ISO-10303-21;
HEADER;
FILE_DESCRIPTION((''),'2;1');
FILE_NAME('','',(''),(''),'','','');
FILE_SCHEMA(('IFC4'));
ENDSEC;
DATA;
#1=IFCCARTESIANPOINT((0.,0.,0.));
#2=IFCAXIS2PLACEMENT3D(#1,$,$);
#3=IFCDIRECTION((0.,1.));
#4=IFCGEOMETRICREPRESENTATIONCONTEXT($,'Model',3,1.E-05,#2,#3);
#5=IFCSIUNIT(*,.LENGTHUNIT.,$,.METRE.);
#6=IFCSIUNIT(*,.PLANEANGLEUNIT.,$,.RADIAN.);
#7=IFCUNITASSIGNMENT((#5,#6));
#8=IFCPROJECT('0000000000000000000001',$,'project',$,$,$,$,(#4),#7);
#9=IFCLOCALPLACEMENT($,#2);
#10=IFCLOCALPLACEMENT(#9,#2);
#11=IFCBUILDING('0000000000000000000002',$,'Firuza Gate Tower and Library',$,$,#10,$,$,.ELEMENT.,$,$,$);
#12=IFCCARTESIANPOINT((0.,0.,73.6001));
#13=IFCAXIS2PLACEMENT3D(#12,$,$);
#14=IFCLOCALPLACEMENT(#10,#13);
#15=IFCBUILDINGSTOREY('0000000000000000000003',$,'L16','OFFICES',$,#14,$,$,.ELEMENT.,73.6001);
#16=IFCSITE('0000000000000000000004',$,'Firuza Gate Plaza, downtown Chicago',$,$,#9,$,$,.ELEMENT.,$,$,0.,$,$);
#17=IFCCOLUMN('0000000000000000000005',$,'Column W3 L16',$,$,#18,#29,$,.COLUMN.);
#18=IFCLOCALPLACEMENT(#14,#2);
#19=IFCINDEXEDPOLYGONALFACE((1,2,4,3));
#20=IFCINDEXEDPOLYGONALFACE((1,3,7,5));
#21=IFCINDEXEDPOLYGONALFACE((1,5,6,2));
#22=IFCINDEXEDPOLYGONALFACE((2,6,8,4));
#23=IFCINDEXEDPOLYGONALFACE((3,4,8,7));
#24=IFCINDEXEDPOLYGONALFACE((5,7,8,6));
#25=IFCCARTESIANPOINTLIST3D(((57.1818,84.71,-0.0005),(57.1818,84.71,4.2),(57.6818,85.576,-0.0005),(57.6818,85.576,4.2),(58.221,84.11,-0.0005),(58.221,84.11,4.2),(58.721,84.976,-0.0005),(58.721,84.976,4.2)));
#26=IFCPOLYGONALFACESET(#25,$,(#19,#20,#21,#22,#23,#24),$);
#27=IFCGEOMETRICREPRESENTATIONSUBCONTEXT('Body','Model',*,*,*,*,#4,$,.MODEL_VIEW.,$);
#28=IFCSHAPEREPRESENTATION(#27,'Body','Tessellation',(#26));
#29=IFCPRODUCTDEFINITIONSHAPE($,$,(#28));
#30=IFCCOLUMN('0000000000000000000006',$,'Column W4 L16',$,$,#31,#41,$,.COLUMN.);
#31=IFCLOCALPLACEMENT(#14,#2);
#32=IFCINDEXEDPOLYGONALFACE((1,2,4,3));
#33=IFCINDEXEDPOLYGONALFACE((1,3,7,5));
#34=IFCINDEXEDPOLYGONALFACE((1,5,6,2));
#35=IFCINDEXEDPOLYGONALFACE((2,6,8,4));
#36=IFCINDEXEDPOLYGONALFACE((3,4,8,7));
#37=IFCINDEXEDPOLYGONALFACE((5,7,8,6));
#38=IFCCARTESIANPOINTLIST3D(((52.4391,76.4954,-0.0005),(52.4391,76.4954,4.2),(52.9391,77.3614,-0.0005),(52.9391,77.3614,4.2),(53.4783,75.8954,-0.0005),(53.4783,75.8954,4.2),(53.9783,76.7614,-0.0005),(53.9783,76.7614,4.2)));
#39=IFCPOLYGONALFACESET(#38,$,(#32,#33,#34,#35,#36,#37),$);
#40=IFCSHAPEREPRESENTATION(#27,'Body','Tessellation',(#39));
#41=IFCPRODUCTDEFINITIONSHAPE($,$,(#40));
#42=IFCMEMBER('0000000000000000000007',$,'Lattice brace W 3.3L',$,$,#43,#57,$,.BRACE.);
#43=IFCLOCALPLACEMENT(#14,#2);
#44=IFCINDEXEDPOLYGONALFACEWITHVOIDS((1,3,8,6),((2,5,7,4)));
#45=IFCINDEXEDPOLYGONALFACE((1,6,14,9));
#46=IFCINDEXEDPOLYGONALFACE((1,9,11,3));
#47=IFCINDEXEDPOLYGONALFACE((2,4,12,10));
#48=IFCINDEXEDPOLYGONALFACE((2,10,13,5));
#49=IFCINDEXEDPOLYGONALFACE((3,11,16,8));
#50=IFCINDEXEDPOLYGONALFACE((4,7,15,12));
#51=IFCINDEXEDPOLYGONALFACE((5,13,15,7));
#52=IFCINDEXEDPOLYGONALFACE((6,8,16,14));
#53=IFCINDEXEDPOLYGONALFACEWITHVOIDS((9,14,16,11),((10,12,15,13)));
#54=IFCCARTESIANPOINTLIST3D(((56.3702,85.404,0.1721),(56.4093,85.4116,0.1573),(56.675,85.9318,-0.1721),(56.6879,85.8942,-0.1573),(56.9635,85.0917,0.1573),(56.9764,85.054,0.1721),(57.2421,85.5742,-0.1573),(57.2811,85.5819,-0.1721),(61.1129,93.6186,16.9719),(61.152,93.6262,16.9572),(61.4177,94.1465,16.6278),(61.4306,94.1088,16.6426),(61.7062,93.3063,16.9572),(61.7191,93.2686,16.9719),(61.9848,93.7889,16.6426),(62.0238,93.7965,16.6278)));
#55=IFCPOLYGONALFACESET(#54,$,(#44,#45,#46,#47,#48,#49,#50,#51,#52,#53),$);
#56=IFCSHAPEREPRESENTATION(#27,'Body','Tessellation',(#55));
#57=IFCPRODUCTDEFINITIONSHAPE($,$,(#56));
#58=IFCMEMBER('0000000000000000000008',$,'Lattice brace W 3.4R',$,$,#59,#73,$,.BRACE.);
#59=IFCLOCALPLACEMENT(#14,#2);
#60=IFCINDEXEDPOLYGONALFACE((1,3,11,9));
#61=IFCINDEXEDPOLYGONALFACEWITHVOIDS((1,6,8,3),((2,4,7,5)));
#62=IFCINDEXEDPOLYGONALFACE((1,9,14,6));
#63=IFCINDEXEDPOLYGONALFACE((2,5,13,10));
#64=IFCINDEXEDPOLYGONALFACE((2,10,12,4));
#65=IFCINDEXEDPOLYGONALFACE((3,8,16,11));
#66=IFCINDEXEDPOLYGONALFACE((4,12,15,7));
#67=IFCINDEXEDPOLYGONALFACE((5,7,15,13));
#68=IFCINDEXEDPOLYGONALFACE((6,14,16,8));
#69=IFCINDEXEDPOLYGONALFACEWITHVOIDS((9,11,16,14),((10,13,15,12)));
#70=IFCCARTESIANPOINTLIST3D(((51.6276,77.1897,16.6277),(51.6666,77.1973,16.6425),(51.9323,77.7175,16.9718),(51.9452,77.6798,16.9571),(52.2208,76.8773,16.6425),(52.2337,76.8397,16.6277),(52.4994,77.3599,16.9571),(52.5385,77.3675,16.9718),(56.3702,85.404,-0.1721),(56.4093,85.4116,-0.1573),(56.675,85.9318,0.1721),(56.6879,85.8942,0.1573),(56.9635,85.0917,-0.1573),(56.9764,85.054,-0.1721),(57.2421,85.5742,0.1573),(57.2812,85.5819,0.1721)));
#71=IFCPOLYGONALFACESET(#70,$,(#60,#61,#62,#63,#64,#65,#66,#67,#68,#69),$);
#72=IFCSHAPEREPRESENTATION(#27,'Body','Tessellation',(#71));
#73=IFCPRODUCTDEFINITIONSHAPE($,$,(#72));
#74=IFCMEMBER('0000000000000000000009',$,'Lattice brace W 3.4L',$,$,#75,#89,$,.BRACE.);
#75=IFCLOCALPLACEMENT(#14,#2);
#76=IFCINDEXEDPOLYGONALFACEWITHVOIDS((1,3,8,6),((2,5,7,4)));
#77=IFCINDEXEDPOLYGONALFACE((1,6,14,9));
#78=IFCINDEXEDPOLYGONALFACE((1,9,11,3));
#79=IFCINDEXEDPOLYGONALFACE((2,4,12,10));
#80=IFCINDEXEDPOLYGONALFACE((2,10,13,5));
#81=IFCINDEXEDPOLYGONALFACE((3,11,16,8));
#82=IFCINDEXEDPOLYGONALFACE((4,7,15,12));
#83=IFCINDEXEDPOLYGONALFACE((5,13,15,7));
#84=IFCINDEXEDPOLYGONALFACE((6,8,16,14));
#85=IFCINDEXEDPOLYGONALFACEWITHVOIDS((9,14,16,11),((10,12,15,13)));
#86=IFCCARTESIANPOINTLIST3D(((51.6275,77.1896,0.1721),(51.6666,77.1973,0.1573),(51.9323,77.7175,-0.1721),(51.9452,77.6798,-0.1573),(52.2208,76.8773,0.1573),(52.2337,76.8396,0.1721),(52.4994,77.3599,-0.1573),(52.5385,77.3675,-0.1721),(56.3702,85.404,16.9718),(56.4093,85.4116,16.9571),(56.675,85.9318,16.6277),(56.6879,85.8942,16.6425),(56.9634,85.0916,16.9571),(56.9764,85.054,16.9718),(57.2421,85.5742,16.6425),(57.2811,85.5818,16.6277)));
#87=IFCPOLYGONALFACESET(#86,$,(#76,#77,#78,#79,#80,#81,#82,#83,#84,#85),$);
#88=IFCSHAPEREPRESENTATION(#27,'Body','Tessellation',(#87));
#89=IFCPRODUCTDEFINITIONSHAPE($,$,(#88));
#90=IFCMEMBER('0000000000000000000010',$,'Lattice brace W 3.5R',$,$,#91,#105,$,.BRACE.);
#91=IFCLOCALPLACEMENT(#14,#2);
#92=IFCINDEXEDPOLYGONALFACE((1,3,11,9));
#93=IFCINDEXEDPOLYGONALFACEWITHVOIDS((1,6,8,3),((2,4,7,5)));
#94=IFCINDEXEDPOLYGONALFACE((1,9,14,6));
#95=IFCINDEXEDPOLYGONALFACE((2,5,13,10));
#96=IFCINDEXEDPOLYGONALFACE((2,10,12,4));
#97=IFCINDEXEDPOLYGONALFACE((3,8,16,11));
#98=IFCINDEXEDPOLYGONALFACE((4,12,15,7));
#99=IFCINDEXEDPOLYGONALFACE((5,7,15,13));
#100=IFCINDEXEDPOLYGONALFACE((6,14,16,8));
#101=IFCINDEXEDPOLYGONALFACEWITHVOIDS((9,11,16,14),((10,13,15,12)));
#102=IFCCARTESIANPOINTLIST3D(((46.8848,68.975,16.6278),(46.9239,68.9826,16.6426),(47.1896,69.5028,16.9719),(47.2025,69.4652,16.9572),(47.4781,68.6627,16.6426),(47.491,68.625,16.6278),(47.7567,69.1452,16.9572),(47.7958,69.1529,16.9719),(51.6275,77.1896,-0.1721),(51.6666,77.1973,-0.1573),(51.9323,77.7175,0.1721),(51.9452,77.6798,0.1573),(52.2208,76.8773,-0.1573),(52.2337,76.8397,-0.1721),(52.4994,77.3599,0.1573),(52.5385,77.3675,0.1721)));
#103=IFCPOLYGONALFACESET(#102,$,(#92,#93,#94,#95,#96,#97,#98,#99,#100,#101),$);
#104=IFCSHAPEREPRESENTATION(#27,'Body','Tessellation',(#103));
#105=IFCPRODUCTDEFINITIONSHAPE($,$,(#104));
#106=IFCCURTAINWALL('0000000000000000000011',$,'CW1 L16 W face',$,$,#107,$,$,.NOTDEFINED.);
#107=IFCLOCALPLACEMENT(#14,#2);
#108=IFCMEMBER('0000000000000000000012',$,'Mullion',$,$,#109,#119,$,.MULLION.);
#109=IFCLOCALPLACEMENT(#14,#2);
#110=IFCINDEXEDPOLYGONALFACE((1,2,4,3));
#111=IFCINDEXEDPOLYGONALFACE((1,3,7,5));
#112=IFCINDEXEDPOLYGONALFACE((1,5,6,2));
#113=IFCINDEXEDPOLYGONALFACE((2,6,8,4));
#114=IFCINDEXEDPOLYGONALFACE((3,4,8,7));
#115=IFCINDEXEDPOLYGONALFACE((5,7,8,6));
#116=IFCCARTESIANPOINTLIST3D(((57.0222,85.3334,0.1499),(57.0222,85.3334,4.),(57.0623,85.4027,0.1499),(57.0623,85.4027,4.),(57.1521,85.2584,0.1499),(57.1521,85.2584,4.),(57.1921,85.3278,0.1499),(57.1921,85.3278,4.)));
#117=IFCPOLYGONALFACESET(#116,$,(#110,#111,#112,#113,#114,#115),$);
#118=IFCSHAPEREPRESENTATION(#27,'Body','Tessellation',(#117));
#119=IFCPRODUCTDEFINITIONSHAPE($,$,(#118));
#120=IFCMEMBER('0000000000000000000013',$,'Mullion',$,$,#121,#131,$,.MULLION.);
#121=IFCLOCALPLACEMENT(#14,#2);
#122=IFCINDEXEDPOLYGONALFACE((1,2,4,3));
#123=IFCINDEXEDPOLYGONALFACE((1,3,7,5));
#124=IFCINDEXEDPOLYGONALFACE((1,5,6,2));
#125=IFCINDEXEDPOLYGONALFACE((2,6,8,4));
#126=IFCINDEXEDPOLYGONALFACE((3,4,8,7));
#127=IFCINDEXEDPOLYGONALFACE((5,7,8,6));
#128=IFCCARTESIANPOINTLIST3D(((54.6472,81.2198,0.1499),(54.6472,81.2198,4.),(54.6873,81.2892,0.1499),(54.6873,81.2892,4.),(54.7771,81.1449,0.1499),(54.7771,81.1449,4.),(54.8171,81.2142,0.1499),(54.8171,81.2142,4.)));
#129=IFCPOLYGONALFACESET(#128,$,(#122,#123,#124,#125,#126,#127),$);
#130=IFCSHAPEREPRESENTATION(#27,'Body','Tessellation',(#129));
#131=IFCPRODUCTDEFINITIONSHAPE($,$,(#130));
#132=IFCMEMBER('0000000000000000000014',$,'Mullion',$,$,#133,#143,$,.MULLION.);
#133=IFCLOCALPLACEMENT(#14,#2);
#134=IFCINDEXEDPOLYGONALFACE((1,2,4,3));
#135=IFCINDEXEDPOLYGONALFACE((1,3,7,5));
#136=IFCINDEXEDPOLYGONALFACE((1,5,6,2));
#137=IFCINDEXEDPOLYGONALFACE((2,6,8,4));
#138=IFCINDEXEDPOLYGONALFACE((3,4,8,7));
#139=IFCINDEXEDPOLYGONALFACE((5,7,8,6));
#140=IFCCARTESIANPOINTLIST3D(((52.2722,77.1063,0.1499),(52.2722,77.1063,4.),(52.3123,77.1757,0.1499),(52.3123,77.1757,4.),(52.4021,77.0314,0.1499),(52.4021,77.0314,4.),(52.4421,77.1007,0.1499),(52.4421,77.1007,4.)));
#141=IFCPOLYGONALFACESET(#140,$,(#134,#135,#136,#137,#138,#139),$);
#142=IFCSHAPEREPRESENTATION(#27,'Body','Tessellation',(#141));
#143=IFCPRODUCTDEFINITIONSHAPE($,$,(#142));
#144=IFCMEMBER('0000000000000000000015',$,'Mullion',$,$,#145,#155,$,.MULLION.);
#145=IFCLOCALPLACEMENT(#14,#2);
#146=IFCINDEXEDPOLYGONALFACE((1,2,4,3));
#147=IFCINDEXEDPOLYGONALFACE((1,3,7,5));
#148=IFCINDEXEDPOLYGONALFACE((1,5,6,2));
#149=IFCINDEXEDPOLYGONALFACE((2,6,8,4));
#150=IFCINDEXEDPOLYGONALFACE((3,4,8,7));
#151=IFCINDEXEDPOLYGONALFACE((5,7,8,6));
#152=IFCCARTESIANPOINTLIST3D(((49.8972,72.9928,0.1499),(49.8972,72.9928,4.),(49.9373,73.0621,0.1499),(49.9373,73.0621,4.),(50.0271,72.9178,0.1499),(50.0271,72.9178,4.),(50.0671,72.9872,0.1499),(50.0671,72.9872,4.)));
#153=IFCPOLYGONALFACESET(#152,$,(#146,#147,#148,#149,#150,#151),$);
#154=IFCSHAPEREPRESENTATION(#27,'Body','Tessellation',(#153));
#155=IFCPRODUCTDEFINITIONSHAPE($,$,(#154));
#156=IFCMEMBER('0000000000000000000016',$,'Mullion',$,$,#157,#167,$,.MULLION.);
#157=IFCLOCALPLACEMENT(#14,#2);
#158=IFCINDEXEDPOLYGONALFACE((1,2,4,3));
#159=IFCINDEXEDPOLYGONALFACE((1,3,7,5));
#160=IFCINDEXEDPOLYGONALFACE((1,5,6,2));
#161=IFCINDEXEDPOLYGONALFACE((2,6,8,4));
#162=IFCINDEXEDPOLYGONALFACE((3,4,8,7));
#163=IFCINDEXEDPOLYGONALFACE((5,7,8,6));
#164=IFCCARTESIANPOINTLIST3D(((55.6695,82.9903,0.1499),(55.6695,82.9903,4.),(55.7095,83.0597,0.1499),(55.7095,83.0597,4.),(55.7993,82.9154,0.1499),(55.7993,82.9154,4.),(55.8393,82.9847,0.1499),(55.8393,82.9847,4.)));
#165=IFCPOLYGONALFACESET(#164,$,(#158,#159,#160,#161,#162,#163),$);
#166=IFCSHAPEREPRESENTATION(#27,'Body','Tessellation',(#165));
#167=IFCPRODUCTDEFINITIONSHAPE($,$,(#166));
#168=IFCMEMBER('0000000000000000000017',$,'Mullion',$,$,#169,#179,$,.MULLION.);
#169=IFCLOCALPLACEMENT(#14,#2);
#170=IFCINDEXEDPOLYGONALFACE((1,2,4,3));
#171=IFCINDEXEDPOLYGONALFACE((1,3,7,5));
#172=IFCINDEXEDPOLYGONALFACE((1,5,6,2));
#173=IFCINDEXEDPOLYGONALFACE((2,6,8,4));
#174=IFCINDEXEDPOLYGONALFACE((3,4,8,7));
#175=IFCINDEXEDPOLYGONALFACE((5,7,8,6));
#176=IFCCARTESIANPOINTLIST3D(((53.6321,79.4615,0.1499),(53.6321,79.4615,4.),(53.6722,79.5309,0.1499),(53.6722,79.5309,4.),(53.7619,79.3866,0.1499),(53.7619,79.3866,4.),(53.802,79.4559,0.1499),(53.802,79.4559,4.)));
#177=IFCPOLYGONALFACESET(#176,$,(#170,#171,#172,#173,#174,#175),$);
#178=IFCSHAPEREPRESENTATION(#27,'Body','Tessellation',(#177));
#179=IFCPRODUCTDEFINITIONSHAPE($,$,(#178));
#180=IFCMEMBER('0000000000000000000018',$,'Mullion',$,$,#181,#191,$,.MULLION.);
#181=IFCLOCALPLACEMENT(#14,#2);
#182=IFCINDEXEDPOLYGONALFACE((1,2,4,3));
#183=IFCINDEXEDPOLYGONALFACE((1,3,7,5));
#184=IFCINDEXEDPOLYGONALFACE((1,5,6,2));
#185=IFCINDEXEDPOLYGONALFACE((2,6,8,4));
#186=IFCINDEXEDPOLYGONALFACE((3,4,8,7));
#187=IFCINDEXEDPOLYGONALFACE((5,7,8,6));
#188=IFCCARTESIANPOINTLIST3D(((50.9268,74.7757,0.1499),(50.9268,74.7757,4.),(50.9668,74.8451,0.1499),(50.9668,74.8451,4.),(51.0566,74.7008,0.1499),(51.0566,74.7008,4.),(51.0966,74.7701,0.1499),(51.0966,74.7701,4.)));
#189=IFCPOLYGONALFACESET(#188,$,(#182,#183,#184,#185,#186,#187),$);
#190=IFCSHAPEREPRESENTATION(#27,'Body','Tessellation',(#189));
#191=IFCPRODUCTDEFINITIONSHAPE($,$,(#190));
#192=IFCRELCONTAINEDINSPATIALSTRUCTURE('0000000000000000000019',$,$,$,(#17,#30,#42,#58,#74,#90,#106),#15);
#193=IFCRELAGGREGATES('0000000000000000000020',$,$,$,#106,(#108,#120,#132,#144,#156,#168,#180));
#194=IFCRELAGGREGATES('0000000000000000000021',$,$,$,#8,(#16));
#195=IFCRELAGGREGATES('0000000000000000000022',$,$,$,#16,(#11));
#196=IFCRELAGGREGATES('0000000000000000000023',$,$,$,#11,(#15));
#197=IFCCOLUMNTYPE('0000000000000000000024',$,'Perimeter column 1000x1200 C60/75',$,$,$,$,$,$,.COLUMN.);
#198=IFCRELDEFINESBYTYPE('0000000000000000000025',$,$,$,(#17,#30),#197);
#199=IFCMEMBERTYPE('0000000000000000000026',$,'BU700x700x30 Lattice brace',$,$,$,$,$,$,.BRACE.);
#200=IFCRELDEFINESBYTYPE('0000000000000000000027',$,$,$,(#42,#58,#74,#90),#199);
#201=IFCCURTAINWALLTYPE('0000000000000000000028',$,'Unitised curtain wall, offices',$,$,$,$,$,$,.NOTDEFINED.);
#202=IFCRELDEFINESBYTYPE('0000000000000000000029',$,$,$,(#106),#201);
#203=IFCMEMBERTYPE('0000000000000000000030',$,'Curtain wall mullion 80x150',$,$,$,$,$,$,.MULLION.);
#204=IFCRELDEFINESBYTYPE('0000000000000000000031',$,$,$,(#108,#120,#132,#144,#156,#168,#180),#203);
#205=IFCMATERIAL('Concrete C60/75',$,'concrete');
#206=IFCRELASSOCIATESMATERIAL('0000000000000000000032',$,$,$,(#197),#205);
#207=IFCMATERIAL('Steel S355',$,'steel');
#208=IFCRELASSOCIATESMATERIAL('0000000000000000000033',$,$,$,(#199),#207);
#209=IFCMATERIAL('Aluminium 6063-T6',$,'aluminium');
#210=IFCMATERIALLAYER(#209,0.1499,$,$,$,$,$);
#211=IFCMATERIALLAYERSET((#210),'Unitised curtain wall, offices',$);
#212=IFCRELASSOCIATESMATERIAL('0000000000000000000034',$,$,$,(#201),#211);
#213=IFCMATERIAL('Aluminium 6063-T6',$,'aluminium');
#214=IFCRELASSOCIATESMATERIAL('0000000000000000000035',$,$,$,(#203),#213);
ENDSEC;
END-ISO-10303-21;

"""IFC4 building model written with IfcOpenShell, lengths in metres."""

from ifc_helpers import new_model, si_unit, direction, frame, origin, origin_2d, place, context, subcontext, project, spatial, rectangle, hollow_rectangle, extrude, material, layer, layer_set, material_profile, profile_set, type_object, element, aggregate, save


model = new_model("IFC4")

# Units and contexts
model_context = context("Model", 3, precision=1e-05, world=origin(), true_north=direction((0.0, 1.0)))
body_context = subcontext(model_context, "Body", "Model", "MODEL_VIEW")
ifc_project = project(units=[si_unit("LENGTHUNIT", "METRE"), si_unit("PLANEANGLEUNIT", "RADIAN")], contexts=[model_context])

# Site, building, storey
site_placement = place(None, origin())
site = spatial("IfcSite", under=ifc_project, at=site_placement, Name="Firuza Gate Plaza, downtown Chicago", CompositionType="ELEMENT", RefElevation=0.0)
building_placement = place(site_placement, origin())
building = spatial("IfcBuilding", under=site, at=building_placement, Name="Firuza Gate Tower and Library", CompositionType="ELEMENT")
storey_placement = place(building_placement, frame((0.0, 0.0, 73.6001)))
storey = spatial("IfcBuildingStorey", under=building, at=storey_placement, Name="L16", Description="OFFICES", CompositionType="ELEMENT", Elevation=73.6001)

# Columns
ifc_material_1 = material(Name="Concrete C60/75", Category="concrete")
ifc_material_profile_1 = material_profile(ifc_material_1, rectangle(XDim=1.0, YDim=1.2, at=origin_2d()))
ifc_profile_set_1 = profile_set([ifc_material_profile_1], Name="Concrete C60/75")
column_type = type_object("IfcColumnType", Name="Perimeter column 1000x1200 C60/75", PredefinedType="COLUMN", material=ifc_profile_set_1)
for number, where, z_axis, x_axis, name in (
    (1, (57.9514, 84.843, -0.0005), (0.0, 0.0, 1.0), (-0.5, -0.866025, 0.0), "Column W3 L16"),
    (2, (53.2087, 76.6284, -0.0005), (0.0, 0.0, 1.0), (-0.5, -0.866025, 0.0), "Column W4 L16"),
):
    element("IfcColumn", number, at=place(storey_placement, frame(where, z_axis=z_axis, x_axis=x_axis)), inside=storey, type_object=column_type, Name=name, PredefinedType="COLUMN", context=body_context, shape_type="SweptSolid", body=[
        extrude(rectangle(XDim=1.0, YDim=1.2, at=origin_2d()), origin(), (0.0, 0.0, 1.0), 4.2004),
    ])

# Members
ifc_material_2 = material(Name="Steel S355", Category="steel")
ifc_material_profile_2 = material_profile(ifc_material_2, hollow_rectangle(XDim=0.7, YDim=0.7, WallThickness=0.03, at=origin_2d()))
ifc_profile_set_2 = profile_set([ifc_material_profile_2], Name="Steel S355")
member_type_1 = type_object("IfcMemberType", Name="BU700x700x30 Lattice brace", PredefinedType="BRACE", material=ifc_profile_set_2)
member_1_placement = place(storey_placement, frame((56.8257, 85.4929, 0.0), z_axis=(0.245828, 0.425789, 0.870788), x_axis=(-0.866027, 0.499998, 0.0)))
element("IfcMember", 3, at=member_1_placement, inside=storey, type_object=member_type_1, Name="Lattice brace W 3.3L", PredefinedType="BRACE", context=body_context, shape_type="SweptSolid", body=[
    extrude(hollow_rectangle(XDim=0.7, YDim=0.7, WallThickness=0.03, at=origin_2d()), origin(), (0.0, 0.0, 1.0), 19.2927),
])
for number, where, z_axis, x_axis, name in (
    (4, (56.8257, 85.4929, 0.0), (-0.24583, -0.425779, 0.870793), (0.86602, -0.500009, 0.0), "Lattice brace W 3.4R"),
    (5, (52.083, 77.2786, 0.0), (0.24583, 0.425779, 0.870793), (-0.86602, 0.500009, 0.0), "Lattice brace W 3.4L"),
):
    element("IfcMember", number, at=place(storey_placement, frame(where, z_axis=z_axis, x_axis=x_axis)), inside=storey, type_object=member_type_1, Name=name, PredefinedType="BRACE", context=body_context, shape_type="SweptSolid", body=[
        extrude(hollow_rectangle(XDim=0.7, YDim=0.7, WallThickness=0.03, at=origin_2d()), origin(), (0.0, 0.0, 1.0), 19.2925),
    ])
member_2_placement = place(storey_placement, frame((52.083, 77.2786, 0.0), z_axis=(-0.245828, -0.425789, 0.870788), x_axis=(0.866027, -0.499998, 0.0)))
element("IfcMember", 6, at=member_2_placement, inside=storey, type_object=member_type_1, Name="Lattice brace W 3.5R", PredefinedType="BRACE", context=body_context, shape_type="SweptSolid", body=[
    extrude(hollow_rectangle(XDim=0.7, YDim=0.7, WallThickness=0.03, at=origin_2d()), origin(), (0.0, 0.0, 1.0), 19.2927),
])

# Curtain wall, members
ifc_material_3 = material(Name="Aluminium 6063-T6", Category="aluminium")
ifc_layer_1 = layer(ifc_material_3, 0.1499)
ifc_layer_set_1 = layer_set([ifc_layer_1], Name="Unitised curtain wall, offices")
curtain_wall_type = type_object("IfcCurtainWallType", Name="Unitised curtain wall, offices", PredefinedType="NOTDEFINED", material=ifc_layer_set_1)
curtain_wall_placement = place(storey_placement, origin())
curtain_wall = element("IfcCurtainWall", 7, at=curtain_wall_placement, inside=storey, type_object=curtain_wall_type, Name="CW1 L16 W face", PredefinedType="NOTDEFINED")
ifc_material_4 = material(Name="Aluminium 6063-T6", Category="aluminium")
ifc_material_profile_3 = material_profile(ifc_material_4, rectangle(XDim=0.1499, YDim=0.0801, at=origin_2d()))
ifc_profile_set_3 = profile_set([ifc_material_profile_3], Name="Aluminium 6063-T6")
member_type_2 = type_object("IfcMemberType", Name="Curtain wall mullion 80x150", PredefinedType="MULLION", material=ifc_profile_set_3)
member_3_placement = place(storey_placement, frame((57.1072, 85.3306, 0.1499), z_axis=(0.0, 0.0, 1.0), x_axis=(0.866025, -0.5, 0.0)))
member_3 = element("IfcMember", 8, at=member_3_placement, type_object=member_type_2, Name="Mullion", PredefinedType="MULLION", context=body_context, shape_type="SweptSolid", body=[
    extrude(rectangle(XDim=0.1499, YDim=0.0801, at=origin_2d()), origin(), (0.0, 0.0, 1.0), 3.8501),
])
member_4_placement = place(storey_placement, frame((54.7322, 81.217, 0.1499), z_axis=(0.0, 0.0, 1.0), x_axis=(0.866025, -0.5, 0.0)))
member_4 = element("IfcMember", 9, at=member_4_placement, type_object=member_type_2, Name="Mullion", PredefinedType="MULLION", context=body_context, shape_type="SweptSolid", body=[
    extrude(rectangle(XDim=0.1499, YDim=0.0801, at=origin_2d()), origin(), (0.0, 0.0, 1.0), 3.8501),
])
member_5_placement = place(storey_placement, frame((52.3572, 77.1035, 0.1499), z_axis=(0.0, 0.0, 1.0), x_axis=(0.866025, -0.5, 0.0)))
member_5 = element("IfcMember", 10, at=member_5_placement, type_object=member_type_2, Name="Mullion", PredefinedType="MULLION", context=body_context, shape_type="SweptSolid", body=[
    extrude(rectangle(XDim=0.1499, YDim=0.0801, at=origin_2d()), origin(), (0.0, 0.0, 1.0), 3.8501),
])
member_6_placement = place(storey_placement, frame((49.9822, 72.99, 0.1499), z_axis=(0.0, 0.0, 1.0), x_axis=(0.866025, -0.5, 0.0)))
member_6 = element("IfcMember", 11, at=member_6_placement, type_object=member_type_2, Name="Mullion", PredefinedType="MULLION", context=body_context, shape_type="SweptSolid", body=[
    extrude(rectangle(XDim=0.1499, YDim=0.0801, at=origin_2d()), origin(), (0.0, 0.0, 1.0), 3.8501),
])
member_7_placement = place(storey_placement, frame((55.7544, 82.9875, 0.1499), z_axis=(0.0, 0.0, 1.0), x_axis=(0.866025, -0.5, 0.0)))
member_7 = element("IfcMember", 12, at=member_7_placement, type_object=member_type_2, Name="Mullion", PredefinedType="MULLION", context=body_context, shape_type="SweptSolid", body=[
    extrude(rectangle(XDim=0.1499, YDim=0.0801, at=origin_2d()), origin(), (0.0, 0.0, 1.0), 3.8501),
])
member_8_placement = place(storey_placement, frame((53.717, 79.4587, 0.1499), z_axis=(0.0, 0.0, 1.0), x_axis=(0.866025, -0.5, 0.0)))
member_8 = element("IfcMember", 13, at=member_8_placement, type_object=member_type_2, Name="Mullion", PredefinedType="MULLION", context=body_context, shape_type="SweptSolid", body=[
    extrude(rectangle(XDim=0.1499, YDim=0.0801, at=origin_2d()), origin(), (0.0, 0.0, 1.0), 3.8501),
])
member_9_placement = place(storey_placement, frame((51.0117, 74.7729, 0.1499), z_axis=(0.0, 0.0, 1.0), x_axis=(0.866025, -0.5, 0.0)))
member_9 = element("IfcMember", 14, at=member_9_placement, type_object=member_type_2, Name="Mullion", PredefinedType="MULLION", context=body_context, shape_type="SweptSolid", body=[
    extrude(rectangle(XDim=0.1499, YDim=0.0801, at=origin_2d()), origin(), (0.0, 0.0, 1.0), 3.8501),
])

aggregate(curtain_wall, [member_3, member_4, member_5, member_6, member_7, member_8, member_9])

save(model, "model.ifc")
